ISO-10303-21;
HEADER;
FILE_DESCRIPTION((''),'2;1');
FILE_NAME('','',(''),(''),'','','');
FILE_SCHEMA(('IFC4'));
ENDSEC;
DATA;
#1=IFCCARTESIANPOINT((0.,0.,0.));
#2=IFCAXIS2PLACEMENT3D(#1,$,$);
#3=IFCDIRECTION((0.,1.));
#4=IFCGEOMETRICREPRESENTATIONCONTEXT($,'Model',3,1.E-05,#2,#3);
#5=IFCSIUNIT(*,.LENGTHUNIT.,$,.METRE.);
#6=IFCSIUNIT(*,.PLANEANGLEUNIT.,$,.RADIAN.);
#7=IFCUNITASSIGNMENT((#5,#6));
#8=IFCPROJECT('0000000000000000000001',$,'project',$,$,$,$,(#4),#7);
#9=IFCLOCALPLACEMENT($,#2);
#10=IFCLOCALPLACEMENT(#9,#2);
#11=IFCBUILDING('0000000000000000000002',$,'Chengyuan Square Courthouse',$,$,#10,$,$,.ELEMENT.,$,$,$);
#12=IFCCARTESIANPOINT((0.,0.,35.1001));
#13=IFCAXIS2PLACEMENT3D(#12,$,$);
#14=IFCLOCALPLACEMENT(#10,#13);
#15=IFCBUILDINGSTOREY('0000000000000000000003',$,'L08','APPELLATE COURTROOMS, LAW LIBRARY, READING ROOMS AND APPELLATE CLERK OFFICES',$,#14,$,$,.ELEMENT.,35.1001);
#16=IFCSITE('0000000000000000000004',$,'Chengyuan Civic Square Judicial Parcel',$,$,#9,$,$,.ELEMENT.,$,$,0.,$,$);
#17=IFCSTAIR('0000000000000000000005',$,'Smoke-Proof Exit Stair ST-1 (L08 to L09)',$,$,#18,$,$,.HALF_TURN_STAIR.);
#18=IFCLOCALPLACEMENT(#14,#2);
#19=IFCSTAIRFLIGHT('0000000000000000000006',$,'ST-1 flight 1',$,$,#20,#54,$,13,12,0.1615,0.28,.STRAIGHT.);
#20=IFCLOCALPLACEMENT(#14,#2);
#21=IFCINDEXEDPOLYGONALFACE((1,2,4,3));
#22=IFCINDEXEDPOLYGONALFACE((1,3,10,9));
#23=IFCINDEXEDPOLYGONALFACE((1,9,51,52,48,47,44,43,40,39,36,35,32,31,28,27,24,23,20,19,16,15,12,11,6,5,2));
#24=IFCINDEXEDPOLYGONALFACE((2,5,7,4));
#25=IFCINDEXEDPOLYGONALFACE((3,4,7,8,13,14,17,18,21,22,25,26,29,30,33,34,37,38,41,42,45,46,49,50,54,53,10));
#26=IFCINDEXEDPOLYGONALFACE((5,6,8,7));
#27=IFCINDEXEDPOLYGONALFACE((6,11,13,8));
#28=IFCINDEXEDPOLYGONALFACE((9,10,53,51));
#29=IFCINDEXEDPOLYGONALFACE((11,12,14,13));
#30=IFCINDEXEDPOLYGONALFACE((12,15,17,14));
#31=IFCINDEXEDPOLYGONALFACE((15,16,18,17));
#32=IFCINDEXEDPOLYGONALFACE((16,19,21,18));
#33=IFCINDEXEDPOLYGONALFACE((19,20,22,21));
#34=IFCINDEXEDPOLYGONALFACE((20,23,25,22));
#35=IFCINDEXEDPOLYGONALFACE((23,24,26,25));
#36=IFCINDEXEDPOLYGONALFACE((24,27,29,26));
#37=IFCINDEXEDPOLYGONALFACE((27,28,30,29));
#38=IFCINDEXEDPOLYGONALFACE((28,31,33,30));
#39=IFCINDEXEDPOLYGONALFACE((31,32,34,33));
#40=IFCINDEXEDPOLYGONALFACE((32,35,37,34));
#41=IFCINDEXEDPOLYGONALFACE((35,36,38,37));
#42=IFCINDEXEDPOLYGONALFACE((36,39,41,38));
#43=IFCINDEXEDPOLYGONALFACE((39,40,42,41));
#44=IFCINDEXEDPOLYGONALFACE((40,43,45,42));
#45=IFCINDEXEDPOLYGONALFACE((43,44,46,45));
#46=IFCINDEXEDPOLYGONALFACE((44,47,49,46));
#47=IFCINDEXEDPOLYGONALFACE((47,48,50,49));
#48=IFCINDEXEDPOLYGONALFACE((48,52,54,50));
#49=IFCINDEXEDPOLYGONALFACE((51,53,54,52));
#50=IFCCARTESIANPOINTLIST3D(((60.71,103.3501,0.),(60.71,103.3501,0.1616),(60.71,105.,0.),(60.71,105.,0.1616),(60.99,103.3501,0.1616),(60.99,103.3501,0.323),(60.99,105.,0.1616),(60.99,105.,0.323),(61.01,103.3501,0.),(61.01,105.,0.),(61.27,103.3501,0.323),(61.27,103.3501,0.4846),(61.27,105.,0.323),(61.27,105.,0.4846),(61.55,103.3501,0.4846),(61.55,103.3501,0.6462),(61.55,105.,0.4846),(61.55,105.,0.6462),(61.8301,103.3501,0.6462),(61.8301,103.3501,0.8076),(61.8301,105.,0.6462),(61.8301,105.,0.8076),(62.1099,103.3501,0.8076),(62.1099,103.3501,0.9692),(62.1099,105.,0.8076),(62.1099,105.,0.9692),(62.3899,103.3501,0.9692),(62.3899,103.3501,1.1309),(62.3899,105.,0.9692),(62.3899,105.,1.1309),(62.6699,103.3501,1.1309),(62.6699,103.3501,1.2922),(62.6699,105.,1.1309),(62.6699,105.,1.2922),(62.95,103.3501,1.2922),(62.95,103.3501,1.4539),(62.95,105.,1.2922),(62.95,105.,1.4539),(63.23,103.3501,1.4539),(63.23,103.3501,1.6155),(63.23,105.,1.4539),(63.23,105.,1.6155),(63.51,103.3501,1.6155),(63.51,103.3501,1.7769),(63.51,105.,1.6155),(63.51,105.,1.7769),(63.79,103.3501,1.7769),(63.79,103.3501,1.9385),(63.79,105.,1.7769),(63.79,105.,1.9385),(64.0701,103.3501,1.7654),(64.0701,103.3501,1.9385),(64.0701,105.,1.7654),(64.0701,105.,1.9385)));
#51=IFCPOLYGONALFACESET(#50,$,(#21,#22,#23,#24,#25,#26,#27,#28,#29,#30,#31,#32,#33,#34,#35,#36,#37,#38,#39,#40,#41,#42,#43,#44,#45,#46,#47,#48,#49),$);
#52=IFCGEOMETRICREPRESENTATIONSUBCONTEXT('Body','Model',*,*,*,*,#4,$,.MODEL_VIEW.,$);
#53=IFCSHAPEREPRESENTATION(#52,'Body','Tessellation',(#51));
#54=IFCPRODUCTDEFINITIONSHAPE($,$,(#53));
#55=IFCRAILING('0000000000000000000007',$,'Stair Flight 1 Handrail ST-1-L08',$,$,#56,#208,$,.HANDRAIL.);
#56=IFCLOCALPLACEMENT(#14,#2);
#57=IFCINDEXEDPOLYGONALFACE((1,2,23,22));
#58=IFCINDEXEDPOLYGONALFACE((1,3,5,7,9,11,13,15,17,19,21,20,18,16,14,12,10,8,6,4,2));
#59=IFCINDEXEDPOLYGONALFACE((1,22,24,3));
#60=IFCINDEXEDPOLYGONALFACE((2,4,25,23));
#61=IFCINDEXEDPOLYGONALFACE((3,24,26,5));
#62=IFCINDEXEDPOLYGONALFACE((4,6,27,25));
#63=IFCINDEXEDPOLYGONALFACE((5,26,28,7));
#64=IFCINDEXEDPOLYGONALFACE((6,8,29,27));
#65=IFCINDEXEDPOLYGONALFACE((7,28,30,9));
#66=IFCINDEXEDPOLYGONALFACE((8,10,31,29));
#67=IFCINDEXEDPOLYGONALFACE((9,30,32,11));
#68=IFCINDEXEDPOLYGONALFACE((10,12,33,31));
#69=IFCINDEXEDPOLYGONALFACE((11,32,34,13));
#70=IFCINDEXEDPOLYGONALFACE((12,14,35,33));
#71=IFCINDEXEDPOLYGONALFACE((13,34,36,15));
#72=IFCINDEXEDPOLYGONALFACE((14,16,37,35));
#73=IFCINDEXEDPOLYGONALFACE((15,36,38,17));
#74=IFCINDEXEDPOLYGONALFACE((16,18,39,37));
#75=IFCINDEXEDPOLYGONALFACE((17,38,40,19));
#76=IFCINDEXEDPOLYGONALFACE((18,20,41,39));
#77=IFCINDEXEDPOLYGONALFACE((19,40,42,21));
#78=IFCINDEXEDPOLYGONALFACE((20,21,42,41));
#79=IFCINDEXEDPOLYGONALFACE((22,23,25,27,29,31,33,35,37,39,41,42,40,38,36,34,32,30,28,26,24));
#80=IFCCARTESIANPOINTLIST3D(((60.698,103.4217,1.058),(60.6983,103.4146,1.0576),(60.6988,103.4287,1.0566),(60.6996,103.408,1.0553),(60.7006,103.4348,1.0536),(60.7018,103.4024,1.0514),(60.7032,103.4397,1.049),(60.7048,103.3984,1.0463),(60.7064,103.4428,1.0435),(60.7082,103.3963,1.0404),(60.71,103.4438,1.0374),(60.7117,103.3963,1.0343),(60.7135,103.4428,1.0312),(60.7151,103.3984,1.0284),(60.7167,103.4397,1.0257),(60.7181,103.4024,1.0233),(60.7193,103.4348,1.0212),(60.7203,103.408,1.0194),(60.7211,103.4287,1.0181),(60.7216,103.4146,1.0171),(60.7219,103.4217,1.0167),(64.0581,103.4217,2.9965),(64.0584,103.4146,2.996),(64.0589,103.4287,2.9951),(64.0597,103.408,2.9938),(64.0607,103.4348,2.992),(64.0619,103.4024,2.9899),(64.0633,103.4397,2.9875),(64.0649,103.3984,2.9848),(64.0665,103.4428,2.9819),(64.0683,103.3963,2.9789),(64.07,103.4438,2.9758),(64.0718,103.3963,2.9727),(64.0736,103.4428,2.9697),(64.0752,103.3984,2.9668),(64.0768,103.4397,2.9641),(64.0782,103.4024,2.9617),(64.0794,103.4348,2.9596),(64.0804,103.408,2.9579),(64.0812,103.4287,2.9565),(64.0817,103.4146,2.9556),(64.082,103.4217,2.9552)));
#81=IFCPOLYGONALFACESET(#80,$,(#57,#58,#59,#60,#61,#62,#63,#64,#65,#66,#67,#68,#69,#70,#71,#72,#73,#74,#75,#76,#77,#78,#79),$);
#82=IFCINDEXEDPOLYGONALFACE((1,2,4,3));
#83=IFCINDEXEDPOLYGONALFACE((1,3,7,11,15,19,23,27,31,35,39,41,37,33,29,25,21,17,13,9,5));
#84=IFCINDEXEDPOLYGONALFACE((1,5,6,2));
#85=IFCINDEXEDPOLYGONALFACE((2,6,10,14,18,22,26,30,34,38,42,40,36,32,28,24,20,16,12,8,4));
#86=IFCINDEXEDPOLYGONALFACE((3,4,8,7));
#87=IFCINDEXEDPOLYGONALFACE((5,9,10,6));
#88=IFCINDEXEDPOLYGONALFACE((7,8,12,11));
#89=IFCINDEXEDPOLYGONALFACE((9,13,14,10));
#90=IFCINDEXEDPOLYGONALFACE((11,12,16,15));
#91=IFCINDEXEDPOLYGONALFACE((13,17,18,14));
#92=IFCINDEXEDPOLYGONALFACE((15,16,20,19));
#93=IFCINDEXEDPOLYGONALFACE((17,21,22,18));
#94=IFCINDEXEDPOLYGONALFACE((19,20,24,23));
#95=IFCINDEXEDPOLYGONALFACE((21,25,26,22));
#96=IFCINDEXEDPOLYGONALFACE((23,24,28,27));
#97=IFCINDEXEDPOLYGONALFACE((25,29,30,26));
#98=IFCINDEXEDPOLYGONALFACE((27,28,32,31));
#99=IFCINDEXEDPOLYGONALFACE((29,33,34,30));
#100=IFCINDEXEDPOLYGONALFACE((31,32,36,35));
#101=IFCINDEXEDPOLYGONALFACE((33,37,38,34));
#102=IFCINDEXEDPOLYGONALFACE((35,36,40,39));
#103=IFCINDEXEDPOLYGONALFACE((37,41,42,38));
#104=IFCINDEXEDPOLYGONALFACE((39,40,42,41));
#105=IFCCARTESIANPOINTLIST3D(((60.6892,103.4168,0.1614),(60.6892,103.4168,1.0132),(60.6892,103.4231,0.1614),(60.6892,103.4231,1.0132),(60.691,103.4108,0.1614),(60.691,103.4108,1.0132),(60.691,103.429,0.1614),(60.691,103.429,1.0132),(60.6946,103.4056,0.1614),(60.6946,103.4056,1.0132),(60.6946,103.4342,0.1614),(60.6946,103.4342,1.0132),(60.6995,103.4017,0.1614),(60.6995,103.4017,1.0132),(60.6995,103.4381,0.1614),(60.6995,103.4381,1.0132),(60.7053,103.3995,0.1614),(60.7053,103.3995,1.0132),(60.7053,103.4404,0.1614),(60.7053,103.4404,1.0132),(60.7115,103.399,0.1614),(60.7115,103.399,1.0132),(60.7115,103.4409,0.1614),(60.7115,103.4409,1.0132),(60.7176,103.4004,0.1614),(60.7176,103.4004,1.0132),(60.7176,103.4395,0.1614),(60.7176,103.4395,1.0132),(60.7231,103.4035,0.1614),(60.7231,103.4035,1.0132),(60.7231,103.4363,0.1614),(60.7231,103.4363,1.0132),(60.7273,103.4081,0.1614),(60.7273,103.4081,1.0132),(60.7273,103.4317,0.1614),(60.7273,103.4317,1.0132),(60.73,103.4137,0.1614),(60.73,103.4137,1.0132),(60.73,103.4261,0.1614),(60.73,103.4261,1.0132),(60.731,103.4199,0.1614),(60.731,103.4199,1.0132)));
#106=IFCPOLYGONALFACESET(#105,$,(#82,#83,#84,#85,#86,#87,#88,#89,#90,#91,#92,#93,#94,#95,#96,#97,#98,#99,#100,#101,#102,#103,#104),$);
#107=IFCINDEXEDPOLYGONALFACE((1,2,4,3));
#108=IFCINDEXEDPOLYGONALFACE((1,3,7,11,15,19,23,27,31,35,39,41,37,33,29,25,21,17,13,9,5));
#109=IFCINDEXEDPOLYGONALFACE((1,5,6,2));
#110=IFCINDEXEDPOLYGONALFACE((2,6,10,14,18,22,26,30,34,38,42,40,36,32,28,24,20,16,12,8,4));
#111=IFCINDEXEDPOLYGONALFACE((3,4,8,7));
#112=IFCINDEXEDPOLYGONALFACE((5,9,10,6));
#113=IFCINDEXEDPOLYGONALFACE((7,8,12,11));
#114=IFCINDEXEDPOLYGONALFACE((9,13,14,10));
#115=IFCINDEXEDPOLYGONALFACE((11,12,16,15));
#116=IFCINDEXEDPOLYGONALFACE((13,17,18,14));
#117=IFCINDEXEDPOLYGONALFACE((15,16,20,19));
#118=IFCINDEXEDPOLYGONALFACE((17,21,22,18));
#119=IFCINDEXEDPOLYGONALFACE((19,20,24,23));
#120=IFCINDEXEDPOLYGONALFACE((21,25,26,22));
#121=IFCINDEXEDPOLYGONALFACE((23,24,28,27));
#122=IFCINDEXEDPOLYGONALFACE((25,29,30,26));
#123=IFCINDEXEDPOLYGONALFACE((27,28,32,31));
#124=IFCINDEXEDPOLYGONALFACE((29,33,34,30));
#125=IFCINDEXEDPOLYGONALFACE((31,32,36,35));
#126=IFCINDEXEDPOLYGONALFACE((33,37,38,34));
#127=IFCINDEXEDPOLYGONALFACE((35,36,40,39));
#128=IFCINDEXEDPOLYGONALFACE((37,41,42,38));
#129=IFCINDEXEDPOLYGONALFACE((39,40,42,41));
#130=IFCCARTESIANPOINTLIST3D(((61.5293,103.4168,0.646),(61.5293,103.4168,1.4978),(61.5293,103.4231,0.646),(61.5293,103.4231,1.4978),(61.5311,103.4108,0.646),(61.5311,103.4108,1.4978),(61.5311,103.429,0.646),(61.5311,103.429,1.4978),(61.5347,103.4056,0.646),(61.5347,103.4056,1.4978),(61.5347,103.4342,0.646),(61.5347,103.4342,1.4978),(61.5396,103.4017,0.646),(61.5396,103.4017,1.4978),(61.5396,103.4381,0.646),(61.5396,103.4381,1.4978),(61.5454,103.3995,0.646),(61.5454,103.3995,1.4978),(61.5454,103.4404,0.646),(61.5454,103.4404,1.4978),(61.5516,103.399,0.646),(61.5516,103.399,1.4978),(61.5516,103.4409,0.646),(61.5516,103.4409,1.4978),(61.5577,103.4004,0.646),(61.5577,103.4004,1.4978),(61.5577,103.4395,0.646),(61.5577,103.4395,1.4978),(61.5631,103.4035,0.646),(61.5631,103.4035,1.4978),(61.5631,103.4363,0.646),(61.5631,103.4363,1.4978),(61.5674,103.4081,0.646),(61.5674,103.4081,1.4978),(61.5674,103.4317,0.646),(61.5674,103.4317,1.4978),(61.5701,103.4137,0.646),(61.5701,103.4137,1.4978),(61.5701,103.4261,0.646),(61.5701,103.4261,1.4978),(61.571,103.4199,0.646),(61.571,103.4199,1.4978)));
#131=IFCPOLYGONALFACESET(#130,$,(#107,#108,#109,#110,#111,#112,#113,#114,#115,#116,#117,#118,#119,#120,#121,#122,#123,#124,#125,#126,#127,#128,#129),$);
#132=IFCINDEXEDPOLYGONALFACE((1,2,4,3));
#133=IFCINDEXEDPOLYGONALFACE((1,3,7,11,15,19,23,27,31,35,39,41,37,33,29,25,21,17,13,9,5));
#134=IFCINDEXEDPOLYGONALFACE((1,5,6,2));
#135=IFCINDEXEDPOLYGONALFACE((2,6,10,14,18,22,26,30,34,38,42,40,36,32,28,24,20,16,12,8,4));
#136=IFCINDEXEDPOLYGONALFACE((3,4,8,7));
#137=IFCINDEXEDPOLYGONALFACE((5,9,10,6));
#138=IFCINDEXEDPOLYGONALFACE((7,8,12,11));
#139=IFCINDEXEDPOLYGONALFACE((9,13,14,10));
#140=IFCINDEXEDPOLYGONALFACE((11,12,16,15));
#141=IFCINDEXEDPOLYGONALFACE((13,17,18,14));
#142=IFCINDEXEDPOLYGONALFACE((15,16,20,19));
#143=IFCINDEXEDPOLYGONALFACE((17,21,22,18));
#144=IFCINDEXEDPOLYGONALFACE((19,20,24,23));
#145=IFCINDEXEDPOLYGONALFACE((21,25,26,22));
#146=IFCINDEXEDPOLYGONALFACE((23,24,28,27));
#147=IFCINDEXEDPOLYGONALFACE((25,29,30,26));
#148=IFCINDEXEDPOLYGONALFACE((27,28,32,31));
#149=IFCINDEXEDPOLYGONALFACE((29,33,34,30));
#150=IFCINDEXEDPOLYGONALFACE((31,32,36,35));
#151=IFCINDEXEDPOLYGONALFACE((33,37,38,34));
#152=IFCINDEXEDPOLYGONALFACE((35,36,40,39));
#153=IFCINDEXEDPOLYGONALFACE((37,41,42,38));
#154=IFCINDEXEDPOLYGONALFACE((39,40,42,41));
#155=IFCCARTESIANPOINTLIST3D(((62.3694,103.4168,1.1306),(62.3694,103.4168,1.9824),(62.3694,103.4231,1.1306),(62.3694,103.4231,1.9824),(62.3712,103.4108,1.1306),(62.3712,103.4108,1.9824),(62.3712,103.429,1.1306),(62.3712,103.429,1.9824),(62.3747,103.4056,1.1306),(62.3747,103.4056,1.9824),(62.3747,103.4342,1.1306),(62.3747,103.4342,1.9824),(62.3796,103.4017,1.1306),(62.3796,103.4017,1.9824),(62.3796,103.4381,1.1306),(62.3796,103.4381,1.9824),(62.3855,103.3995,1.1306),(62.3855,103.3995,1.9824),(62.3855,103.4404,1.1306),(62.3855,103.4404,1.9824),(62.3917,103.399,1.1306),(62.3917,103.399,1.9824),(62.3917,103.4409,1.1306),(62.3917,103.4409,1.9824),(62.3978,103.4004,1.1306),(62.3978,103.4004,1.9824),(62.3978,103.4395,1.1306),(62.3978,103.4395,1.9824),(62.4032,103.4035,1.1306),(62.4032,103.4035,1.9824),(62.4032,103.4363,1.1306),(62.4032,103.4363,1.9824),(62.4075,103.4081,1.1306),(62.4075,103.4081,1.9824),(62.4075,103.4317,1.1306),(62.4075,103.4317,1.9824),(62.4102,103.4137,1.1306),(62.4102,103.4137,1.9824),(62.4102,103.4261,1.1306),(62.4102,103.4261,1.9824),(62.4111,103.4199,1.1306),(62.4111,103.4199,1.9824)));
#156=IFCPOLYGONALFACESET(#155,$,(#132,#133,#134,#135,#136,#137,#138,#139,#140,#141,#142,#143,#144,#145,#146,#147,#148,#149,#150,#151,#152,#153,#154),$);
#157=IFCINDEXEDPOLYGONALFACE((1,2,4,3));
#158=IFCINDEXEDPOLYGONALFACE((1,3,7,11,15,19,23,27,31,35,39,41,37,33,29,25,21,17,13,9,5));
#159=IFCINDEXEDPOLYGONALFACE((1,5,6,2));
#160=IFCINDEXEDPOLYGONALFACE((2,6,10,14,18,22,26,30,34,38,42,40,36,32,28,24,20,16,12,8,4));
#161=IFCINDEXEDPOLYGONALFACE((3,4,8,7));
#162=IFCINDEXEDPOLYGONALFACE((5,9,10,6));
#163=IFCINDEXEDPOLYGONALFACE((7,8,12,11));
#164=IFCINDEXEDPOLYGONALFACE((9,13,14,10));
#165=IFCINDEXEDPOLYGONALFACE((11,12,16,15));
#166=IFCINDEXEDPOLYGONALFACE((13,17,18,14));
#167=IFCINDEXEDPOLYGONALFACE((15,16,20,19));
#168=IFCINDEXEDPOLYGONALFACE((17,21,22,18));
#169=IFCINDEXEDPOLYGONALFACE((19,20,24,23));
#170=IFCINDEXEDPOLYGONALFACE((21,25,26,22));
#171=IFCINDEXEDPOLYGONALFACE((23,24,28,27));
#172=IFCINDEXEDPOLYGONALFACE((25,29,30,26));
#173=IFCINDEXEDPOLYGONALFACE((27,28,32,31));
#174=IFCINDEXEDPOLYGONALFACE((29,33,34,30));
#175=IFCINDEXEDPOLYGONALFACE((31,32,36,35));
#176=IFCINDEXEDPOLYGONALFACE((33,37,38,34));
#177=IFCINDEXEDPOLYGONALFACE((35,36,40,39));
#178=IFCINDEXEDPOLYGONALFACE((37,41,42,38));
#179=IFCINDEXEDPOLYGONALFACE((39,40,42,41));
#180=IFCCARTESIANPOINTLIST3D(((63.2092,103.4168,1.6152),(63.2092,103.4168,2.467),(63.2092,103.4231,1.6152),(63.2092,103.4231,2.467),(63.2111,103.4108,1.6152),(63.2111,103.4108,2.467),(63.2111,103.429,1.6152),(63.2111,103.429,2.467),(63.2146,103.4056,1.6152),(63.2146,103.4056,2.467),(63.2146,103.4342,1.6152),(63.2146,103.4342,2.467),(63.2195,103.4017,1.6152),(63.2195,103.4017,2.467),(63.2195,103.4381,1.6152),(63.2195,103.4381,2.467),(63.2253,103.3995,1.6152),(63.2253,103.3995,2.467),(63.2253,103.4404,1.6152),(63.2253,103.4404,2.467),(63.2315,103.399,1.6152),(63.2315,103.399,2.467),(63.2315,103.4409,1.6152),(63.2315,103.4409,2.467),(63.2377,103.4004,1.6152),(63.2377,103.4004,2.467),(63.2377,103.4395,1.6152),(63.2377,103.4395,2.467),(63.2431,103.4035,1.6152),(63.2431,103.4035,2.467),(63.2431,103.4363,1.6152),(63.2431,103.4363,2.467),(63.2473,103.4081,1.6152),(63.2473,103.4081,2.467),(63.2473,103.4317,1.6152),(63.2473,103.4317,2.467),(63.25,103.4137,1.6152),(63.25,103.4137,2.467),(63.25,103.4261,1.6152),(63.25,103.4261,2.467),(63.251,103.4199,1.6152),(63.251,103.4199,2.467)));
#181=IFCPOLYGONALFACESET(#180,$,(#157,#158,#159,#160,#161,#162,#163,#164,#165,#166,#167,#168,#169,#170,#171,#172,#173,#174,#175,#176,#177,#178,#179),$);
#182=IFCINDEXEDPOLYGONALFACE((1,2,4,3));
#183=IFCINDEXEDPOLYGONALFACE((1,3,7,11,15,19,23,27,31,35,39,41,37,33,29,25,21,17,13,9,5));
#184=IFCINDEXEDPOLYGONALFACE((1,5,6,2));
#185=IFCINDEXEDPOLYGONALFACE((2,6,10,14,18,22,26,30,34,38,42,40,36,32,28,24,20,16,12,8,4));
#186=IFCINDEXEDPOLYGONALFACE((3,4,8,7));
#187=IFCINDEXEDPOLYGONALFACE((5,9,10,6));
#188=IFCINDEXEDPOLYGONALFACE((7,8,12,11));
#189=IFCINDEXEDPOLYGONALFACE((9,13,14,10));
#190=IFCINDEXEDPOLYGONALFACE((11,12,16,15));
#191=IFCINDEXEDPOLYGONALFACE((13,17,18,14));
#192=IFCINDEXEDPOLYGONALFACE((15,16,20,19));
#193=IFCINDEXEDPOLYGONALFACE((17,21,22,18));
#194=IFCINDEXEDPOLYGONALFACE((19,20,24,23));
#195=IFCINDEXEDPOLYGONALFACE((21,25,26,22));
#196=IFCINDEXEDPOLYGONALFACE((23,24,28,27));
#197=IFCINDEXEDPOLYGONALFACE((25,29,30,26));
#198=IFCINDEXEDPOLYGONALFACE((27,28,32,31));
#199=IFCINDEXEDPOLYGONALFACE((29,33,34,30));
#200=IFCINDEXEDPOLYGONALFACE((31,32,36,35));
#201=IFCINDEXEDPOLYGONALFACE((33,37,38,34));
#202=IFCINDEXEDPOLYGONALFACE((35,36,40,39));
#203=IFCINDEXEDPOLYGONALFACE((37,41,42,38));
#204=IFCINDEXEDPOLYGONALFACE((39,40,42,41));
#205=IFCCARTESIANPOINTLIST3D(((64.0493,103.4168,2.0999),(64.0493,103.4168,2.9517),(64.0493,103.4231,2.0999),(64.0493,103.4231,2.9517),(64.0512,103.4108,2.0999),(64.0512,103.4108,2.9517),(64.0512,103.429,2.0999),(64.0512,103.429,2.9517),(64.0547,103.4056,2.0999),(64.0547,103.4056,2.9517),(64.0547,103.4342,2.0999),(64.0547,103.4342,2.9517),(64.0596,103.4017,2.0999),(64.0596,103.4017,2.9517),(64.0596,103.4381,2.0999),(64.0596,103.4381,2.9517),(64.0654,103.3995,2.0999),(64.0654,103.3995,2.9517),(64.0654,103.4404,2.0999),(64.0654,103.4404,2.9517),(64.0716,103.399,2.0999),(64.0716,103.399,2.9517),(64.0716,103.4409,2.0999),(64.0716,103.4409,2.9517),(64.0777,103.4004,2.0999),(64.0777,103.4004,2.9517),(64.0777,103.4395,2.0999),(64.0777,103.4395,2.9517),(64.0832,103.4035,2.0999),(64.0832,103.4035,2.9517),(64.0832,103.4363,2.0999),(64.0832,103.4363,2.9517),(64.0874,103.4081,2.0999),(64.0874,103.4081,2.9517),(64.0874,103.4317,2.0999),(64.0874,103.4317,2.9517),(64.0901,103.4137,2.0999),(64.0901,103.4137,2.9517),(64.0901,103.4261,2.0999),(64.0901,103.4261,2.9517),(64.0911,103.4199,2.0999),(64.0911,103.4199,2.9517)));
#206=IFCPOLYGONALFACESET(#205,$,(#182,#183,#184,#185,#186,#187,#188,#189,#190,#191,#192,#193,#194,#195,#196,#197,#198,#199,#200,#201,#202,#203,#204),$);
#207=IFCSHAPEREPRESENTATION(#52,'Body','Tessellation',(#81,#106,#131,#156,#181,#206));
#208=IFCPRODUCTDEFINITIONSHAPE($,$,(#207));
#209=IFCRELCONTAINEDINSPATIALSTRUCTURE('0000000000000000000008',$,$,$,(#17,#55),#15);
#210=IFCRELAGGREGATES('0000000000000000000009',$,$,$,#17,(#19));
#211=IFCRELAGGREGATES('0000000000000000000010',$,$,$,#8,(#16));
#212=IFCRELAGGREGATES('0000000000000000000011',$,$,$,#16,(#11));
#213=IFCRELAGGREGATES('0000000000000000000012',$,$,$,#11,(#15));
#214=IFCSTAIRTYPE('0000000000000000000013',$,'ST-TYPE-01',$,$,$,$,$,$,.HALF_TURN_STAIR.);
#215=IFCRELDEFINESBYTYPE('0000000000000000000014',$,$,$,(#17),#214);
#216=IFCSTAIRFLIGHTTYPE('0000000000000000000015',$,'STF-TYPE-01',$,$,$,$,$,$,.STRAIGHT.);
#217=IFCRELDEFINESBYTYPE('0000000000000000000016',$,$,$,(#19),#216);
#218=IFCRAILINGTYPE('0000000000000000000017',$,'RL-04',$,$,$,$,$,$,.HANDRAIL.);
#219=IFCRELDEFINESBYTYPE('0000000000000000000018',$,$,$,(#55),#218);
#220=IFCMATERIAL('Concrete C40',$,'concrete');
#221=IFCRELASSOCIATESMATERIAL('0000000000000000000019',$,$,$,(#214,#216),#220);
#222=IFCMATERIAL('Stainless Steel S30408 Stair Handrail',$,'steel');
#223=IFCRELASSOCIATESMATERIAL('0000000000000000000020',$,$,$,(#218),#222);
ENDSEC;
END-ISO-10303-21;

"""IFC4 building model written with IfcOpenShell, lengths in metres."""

from ifc_helpers import new_model, si_unit, direction, frame, origin, origin_2d, place, context, subcontext, project, spatial, polyline, circle, outline, extrude, material, type_object, element, aggregate, save


model = new_model("IFC4")

# Units and contexts
model_context = context("Model", 3, precision=1e-05, world=origin(), true_north=direction((0.0, 1.0)))
body_context = subcontext(model_context, "Body", "Model", "MODEL_VIEW")
ifc_project = project(units=[si_unit("LENGTHUNIT", "METRE"), si_unit("PLANEANGLEUNIT", "RADIAN")], contexts=[model_context])

# Site, building, storey
site_placement = place(None, origin())
site = spatial("IfcSite", under=ifc_project, at=site_placement, Name="Chengyuan Civic Square Judicial Parcel", CompositionType="ELEMENT", RefElevation=0.0)
building_placement = place(site_placement, origin())
building = spatial("IfcBuilding", under=site, at=building_placement, Name="Chengyuan Square Courthouse", CompositionType="ELEMENT")
storey_placement = place(building_placement, frame((0.0, 0.0, 35.1001)))
storey = spatial("IfcBuildingStorey", under=building, at=storey_placement, Name="L08", Description="APPELLATE COURTROOMS, LAW LIBRARY, READING ROOMS AND APPELLATE CLERK OFFICES", CompositionType="ELEMENT", Elevation=35.1001)

# Shared definitions
ifc_material_1 = material(Name="Concrete C40", Category="concrete")

# Stair, stair flight
stair_type = type_object("IfcStairType", Name="ST-TYPE-01", PredefinedType="HALF_TURN_STAIR", material=ifc_material_1)
stair_placement = place(storey_placement, origin())
stair = element("IfcStair", 1, at=stair_placement, inside=storey, type_object=stair_type, Name="Smoke-Proof Exit Stair ST-1 (L08 to L09)", PredefinedType="HALF_TURN_STAIR")
stair_flight_type = type_object("IfcStairFlightType", Name="STF-TYPE-01", PredefinedType="STRAIGHT", material=ifc_material_1)
stair_flight_placement = place(storey_placement, frame((60.71, 104.175, 0.0), z_axis=(0.0, 0.0, 1.0), x_axis=(1.0, 0.0, 0.0)))
stair_flight = element("IfcStairFlight", 2, at=stair_flight_placement, type_object=stair_flight_type, Name="ST-1 flight 1", NumberOfRisers=13, NumberOfTreads=12, PredefinedType="STRAIGHT", RiserHeight=0.1615, TreadLength=0.28, context=body_context, shape_type="SweptSolid", body=[
    extrude(outline(polyline([(0.0, 0.0), (0.0, 0.1616), (0.28, 0.1616), (0.28, 0.323), (0.5601, 0.323), (0.5601, 0.4846), (0.8401, 0.4846), (0.8401, 0.6462), (1.1201, 0.6462), (1.1201, 0.8076), (1.3999, 0.8076), (1.3999, 0.9692), (1.6799, 0.9692), (1.6799, 1.1309), (1.96, 1.1309), (1.96, 1.2922), (2.24, 1.2922), (2.24, 1.4539), (2.52, 1.4539), (2.52, 1.6155), (2.8, 1.6155), (2.8, 1.7769), (3.0801, 1.7769), (3.0801, 1.9385), (3.3601, 1.9385), (3.3601, 2.1001), (3.3601, 1.7654), (0.3, 0.0), (0.0, 0.0)])), frame((0.0, 0.825, 0.0), z_axis=(0.0, -1.0, 0.0), x_axis=(1.0, 0.0, 0.0)), (0.0, 0.0, 1.0), 1.6499),
])
aggregate(stair, [stair_flight])

# Railing
ifc_material_2 = material(Name="Stainless Steel S30408 Stair Handrail", Category="steel")
railing_type = type_object("IfcRailingType", Name="RL-04", PredefinedType="HANDRAIL", material=ifc_material_2)
railing_placement = place(storey_placement, frame((60.71, 103.4199, 0.1614)))
element("IfcRailing", 3, at=railing_placement, inside=storey, type_object=railing_type, Name="Stair Flight 1 Handrail ST-1-L08", PredefinedType="HANDRAIL", context=body_context, shape_type="SweptSolid", body=[
    extrude(circle(Radius=0.0239, at=origin_2d()), frame((0.0, 0.0, 0.876), z_axis=(0.866191, 0.0, 0.499713), x_axis=(0.0, 1.0, 0.0)), (0.0, 0.0, 1.0), 3.8792),
    extrude(circle(Radius=0.021, at=origin_2d()), origin(), (0.0, 0.0, 1.0), 0.8518),
    extrude(circle(Radius=0.021, at=origin_2d()), frame((0.8401, 0.0, 0.4846)), (0.0, 0.0, 1.0), 0.8518),
    extrude(circle(Radius=0.021, at=origin_2d()), frame((1.6802, 0.0, 0.9692)), (0.0, 0.0, 1.0), 0.8518),
    extrude(circle(Radius=0.021, at=origin_2d()), frame((2.52, 0.0, 1.4539)), (0.0, 0.0, 1.0), 0.8518),
    extrude(circle(Radius=0.021, at=origin_2d()), frame((3.3601, 0.0, 1.9385)), (0.0, 0.0, 1.0), 0.8518),
])

save(model, "model.ifc")
